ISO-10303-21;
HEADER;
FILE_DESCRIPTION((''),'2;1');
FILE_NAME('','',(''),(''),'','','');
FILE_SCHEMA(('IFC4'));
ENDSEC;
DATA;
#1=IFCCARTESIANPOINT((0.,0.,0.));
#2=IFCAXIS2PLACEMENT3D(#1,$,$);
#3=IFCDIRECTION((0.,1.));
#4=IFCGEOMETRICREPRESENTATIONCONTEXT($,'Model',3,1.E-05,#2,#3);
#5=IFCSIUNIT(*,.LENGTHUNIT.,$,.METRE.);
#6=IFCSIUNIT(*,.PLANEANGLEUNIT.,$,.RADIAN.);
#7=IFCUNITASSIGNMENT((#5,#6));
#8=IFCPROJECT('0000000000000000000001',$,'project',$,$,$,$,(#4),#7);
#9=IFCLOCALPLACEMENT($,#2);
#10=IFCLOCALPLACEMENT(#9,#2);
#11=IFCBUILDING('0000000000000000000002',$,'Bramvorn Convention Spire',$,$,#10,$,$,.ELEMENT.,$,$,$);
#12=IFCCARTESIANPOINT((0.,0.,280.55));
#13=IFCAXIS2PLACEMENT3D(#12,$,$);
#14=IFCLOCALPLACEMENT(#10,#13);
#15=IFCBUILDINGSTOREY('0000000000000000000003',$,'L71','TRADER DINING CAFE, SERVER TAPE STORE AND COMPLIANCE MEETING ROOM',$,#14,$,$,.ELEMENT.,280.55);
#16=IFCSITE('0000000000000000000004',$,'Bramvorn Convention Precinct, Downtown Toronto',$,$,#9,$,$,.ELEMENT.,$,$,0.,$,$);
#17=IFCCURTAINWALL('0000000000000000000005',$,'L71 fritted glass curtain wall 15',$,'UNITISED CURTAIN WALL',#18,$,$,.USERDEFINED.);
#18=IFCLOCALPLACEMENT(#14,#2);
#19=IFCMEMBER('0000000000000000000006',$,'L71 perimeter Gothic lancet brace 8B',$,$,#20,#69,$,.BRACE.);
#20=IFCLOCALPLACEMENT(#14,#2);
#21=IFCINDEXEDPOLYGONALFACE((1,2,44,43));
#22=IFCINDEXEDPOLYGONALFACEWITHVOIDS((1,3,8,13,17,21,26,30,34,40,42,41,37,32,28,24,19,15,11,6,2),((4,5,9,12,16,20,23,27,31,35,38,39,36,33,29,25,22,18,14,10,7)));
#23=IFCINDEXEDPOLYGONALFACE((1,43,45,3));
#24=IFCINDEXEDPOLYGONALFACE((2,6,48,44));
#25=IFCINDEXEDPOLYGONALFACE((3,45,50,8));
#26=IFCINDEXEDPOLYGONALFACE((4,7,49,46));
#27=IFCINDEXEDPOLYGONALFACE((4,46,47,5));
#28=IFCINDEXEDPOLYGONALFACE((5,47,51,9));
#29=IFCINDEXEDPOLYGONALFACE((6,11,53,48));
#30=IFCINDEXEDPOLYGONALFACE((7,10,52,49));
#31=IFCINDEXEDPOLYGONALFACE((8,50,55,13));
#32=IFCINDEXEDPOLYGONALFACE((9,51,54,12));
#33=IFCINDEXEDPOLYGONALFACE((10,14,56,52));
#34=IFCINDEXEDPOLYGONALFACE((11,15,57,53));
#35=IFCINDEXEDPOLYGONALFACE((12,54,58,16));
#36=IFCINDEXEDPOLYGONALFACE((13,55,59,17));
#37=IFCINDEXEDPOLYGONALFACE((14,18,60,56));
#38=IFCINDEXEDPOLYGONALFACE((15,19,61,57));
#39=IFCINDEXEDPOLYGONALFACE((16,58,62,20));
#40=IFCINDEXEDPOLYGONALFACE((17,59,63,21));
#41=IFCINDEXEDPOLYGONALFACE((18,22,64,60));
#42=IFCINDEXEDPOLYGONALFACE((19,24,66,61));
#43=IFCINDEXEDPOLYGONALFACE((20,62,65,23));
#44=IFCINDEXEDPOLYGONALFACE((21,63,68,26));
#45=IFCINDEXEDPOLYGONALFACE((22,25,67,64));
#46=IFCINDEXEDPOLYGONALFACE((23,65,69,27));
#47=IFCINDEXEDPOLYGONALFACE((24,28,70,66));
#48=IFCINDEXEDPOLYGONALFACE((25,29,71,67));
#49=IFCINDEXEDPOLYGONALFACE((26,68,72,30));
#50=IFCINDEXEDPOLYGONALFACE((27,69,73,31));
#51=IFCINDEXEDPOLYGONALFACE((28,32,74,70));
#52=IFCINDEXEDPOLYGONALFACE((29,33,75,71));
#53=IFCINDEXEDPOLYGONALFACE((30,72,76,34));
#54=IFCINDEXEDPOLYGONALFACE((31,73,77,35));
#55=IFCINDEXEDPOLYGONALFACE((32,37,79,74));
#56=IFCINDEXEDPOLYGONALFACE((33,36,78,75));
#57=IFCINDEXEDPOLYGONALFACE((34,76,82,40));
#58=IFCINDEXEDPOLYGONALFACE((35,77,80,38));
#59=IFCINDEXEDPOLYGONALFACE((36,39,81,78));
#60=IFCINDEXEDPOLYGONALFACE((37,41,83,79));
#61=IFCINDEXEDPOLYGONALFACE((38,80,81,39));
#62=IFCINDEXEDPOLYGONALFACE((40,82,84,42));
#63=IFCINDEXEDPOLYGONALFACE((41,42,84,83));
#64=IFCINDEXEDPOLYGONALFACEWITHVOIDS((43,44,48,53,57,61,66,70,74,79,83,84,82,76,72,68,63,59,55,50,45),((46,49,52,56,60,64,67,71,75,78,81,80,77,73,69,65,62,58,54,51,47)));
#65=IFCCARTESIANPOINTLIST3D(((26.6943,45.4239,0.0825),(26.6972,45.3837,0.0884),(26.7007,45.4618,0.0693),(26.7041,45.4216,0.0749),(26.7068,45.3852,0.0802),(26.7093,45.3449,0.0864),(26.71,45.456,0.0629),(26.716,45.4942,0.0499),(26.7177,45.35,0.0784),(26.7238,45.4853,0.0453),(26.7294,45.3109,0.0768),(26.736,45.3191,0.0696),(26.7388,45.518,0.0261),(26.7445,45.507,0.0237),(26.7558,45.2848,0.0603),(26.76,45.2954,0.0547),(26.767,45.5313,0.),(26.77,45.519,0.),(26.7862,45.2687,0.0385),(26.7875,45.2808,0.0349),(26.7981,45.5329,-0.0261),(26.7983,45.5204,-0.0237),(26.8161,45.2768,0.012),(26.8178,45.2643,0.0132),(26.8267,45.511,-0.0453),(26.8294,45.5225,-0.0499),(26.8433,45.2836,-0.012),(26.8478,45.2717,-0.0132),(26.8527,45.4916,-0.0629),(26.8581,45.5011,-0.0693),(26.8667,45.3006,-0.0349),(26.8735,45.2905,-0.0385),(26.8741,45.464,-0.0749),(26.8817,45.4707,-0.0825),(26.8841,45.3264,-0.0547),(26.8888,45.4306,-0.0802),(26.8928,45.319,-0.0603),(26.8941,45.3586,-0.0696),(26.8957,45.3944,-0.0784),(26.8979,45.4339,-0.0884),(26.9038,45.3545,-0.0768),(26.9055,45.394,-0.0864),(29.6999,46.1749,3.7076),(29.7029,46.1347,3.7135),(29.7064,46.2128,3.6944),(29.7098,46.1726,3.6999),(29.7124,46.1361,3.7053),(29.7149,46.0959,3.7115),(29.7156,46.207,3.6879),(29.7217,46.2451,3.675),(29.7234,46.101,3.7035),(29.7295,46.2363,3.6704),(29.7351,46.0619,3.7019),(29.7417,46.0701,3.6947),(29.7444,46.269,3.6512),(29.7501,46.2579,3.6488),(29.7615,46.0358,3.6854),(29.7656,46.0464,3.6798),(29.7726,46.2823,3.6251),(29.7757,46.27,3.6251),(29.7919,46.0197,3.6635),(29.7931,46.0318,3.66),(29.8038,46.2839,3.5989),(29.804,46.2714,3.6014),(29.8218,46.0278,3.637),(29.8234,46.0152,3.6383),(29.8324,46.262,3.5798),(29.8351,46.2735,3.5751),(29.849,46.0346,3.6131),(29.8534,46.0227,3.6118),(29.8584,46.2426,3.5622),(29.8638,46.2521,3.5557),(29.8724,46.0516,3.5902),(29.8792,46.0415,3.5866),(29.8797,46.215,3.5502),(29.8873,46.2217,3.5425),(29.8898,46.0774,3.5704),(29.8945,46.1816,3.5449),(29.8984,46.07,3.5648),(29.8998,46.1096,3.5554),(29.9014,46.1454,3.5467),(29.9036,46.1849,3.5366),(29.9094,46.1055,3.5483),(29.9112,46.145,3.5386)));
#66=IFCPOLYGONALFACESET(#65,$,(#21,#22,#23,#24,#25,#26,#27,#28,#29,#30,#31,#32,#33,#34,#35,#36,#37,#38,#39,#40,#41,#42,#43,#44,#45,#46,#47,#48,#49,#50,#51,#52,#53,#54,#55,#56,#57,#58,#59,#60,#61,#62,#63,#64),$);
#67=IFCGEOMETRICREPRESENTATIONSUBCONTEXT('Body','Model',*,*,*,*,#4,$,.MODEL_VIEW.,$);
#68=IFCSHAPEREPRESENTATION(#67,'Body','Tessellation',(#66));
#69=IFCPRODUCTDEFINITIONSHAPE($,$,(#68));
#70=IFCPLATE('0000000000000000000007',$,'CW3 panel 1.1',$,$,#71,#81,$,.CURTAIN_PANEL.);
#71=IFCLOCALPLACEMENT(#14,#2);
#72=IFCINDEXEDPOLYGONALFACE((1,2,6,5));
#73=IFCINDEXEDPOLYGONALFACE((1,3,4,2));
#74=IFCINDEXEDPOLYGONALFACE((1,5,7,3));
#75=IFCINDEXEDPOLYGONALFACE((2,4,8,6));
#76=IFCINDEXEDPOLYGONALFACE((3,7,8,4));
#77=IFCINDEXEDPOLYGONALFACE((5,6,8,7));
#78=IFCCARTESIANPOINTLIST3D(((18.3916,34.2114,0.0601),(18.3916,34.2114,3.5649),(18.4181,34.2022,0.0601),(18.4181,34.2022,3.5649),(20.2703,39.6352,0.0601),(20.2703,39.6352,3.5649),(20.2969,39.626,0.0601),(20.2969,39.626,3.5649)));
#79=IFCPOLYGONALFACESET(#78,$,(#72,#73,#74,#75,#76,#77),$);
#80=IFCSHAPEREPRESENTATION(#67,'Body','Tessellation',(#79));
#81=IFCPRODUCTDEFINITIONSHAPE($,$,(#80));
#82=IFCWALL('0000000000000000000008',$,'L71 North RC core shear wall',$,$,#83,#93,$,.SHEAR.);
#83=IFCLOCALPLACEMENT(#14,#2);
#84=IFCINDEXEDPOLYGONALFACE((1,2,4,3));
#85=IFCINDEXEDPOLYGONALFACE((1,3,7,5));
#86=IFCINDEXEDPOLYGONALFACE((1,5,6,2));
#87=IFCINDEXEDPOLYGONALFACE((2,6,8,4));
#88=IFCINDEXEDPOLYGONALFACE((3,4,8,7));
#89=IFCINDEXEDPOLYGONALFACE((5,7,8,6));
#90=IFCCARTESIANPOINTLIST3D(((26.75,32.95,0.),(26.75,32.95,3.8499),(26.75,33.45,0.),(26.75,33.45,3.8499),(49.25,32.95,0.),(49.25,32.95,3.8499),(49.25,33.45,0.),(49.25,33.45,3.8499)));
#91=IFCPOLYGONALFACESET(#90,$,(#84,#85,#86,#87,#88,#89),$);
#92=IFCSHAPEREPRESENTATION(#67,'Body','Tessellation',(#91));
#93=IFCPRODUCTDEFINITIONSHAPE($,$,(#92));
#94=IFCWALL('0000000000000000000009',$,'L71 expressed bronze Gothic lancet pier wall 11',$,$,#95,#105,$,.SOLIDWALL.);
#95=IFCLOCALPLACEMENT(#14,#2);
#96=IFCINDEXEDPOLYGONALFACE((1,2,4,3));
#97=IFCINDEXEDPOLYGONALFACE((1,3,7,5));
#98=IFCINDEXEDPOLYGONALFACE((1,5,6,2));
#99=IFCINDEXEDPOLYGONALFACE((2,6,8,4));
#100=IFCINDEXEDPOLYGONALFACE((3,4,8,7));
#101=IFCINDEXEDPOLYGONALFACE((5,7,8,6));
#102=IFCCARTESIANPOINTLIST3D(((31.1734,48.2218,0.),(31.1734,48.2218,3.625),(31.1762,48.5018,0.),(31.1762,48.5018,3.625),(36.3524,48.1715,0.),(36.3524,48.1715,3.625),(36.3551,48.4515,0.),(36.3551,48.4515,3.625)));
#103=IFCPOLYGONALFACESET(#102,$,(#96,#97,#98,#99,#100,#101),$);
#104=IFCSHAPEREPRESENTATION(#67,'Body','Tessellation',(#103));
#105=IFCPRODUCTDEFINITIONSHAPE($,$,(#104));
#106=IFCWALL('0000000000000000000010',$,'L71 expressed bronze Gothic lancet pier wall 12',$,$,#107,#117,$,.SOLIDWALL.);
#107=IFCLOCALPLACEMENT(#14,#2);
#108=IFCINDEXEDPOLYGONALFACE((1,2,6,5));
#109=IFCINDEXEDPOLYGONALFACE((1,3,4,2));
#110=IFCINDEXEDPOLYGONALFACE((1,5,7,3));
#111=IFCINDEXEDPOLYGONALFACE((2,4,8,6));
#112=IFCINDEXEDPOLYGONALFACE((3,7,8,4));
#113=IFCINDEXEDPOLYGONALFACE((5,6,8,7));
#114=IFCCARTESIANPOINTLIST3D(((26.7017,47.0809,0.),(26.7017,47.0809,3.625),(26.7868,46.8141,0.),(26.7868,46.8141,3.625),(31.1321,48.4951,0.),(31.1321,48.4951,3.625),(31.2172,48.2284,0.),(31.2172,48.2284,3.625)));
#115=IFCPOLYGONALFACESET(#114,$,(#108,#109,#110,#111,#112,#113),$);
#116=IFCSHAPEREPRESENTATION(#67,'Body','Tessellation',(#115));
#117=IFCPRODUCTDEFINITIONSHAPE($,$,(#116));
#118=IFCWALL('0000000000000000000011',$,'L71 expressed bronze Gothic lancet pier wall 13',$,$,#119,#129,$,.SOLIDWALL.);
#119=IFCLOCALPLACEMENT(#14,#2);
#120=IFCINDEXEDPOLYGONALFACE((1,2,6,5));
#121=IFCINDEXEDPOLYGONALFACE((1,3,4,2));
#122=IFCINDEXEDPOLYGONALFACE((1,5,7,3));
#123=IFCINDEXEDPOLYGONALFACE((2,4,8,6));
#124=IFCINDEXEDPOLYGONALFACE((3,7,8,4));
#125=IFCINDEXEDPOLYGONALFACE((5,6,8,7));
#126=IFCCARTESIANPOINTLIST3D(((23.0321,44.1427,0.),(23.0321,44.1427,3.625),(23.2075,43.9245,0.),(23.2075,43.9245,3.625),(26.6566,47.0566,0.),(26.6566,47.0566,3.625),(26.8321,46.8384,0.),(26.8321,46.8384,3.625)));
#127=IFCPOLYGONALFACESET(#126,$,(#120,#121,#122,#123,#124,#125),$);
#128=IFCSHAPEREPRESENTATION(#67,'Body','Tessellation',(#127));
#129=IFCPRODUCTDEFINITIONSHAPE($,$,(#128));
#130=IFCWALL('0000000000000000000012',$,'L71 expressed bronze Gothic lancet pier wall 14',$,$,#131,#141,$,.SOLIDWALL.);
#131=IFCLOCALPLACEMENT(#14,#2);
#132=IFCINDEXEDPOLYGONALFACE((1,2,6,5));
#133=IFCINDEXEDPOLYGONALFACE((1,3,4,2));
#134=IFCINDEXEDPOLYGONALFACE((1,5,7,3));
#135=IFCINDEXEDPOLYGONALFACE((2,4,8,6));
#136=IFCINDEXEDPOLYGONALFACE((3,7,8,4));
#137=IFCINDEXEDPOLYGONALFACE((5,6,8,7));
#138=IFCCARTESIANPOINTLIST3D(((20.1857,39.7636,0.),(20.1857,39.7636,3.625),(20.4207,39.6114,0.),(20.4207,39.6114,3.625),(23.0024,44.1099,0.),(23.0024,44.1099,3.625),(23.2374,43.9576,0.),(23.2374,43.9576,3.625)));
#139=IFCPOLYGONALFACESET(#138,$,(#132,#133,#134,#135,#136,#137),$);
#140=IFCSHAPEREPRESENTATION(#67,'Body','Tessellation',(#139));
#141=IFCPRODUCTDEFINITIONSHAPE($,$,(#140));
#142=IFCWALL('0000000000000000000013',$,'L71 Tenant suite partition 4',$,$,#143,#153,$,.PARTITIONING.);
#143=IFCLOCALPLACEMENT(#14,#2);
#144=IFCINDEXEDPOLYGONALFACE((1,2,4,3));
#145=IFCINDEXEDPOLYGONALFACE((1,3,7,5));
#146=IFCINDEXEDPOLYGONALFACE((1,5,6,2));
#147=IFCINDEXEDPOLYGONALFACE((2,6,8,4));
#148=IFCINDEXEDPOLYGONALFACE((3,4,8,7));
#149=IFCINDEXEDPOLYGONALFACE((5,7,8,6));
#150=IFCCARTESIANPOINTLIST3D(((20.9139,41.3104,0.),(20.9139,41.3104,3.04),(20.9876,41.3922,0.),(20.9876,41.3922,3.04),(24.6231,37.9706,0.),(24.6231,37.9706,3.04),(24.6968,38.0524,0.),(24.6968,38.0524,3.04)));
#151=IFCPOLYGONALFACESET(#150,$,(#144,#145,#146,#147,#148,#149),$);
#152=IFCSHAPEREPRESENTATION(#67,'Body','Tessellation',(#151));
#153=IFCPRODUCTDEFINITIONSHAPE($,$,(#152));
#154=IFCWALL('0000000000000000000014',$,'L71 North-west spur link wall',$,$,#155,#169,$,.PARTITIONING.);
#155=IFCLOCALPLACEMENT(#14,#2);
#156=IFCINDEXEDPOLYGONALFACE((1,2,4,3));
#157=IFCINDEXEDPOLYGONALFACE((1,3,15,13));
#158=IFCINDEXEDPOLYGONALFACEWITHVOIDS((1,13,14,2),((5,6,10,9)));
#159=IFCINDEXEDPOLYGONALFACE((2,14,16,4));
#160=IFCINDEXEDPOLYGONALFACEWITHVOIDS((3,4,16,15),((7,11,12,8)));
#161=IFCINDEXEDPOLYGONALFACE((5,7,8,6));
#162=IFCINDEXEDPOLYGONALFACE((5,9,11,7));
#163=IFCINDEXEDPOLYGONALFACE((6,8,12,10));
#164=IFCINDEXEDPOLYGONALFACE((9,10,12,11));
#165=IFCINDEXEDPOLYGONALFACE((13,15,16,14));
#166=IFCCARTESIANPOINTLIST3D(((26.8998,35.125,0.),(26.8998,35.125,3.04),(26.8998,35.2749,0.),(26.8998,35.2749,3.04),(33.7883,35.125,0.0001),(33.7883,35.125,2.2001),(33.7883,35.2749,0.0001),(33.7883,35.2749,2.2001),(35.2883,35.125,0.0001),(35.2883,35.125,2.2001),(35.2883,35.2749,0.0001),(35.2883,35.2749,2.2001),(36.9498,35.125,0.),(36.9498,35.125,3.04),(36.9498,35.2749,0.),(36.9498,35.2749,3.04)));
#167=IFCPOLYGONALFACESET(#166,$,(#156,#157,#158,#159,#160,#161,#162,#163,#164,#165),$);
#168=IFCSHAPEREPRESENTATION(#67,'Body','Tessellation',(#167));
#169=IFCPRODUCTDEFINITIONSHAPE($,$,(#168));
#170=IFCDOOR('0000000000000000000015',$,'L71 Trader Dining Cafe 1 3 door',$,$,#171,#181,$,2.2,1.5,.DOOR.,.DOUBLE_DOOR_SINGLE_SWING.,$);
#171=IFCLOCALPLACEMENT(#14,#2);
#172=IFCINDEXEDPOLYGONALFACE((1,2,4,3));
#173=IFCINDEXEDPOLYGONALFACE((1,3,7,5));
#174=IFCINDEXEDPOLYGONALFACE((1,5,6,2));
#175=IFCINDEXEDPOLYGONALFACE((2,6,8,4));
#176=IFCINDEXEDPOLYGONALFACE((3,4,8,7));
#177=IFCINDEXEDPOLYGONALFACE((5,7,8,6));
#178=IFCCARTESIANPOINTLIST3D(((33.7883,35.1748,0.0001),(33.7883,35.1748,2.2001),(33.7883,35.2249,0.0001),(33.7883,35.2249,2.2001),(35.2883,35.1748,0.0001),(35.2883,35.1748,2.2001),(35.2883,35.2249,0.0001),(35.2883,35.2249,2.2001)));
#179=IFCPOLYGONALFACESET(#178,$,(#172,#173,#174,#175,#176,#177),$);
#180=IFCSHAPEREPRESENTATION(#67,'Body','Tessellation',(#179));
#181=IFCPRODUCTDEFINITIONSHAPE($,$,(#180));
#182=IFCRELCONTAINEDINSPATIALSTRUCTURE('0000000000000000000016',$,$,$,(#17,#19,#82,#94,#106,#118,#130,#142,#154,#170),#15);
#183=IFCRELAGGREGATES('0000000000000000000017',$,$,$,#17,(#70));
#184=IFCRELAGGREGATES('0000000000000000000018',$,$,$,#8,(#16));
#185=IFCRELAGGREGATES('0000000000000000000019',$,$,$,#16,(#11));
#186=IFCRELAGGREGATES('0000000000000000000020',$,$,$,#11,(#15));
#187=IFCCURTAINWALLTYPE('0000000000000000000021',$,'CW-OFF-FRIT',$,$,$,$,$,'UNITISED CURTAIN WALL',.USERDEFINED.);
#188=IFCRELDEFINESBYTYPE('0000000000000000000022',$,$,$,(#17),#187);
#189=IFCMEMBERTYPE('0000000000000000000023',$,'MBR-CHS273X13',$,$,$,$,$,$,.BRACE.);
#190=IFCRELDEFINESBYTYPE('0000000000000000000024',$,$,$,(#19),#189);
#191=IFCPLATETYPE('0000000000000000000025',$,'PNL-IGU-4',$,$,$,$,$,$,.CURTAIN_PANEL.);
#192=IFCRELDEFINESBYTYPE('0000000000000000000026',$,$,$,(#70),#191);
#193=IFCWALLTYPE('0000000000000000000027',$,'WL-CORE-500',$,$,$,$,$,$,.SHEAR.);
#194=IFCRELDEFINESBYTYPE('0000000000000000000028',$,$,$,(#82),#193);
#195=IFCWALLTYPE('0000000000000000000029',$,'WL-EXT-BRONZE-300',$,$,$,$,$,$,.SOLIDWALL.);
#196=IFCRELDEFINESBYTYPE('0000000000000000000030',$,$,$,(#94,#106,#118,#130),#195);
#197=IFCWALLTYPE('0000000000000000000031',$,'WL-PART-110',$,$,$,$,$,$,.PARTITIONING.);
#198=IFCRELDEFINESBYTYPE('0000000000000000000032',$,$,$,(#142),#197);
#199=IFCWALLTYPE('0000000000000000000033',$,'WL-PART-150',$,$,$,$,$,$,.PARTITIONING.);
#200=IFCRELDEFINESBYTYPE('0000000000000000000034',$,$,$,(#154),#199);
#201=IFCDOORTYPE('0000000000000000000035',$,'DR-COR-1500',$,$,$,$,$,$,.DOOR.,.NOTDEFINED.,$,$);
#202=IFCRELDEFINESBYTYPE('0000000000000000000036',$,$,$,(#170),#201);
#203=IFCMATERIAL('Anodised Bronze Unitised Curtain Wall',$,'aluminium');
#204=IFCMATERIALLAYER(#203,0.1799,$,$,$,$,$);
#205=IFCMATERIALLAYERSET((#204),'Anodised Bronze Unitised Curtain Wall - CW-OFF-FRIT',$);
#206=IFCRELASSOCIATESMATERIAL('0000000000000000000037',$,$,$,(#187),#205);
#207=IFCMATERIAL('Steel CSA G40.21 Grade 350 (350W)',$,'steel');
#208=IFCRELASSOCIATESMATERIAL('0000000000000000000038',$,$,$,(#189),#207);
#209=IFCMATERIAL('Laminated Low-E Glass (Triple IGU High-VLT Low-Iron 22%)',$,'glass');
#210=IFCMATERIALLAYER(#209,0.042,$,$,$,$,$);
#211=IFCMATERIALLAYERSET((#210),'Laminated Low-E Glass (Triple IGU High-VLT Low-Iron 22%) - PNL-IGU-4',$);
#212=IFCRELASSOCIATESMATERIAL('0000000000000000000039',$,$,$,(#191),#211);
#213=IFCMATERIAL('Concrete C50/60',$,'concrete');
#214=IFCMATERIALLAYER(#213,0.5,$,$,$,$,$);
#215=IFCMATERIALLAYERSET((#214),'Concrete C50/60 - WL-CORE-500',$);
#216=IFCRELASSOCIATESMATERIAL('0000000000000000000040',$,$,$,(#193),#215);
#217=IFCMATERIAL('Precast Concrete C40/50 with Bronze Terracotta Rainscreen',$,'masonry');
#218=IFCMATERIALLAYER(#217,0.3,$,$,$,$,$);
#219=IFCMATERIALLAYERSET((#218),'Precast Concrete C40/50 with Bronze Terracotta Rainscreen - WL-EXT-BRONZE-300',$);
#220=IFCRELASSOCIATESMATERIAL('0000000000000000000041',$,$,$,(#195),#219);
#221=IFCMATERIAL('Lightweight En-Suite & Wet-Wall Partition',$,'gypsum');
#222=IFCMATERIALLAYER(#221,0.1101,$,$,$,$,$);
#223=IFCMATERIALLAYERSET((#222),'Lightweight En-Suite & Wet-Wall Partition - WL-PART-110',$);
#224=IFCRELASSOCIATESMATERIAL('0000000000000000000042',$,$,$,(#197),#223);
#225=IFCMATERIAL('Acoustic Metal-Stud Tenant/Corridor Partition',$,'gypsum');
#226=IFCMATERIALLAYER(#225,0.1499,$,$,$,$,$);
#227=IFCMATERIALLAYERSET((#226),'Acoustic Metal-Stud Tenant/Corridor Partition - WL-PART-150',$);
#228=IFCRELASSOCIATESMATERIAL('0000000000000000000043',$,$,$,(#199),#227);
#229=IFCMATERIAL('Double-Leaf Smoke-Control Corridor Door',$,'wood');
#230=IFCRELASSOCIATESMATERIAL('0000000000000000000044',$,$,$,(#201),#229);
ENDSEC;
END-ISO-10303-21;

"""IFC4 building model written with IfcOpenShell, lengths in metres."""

from ifc_helpers import new_model, si_unit, direction, frame, frame_2d, origin, origin_2d, place, context, subcontext, project, spatial, rectangle, hollow_circle, extrude, material, layer, layer_set, material_profile, profile_set, type_object, element, fill, aggregate, save


model = new_model("IFC4")

# Units and contexts
model_context = context("Model", 3, precision=1e-05, world=origin(), true_north=direction((0.0, 1.0)))
body_context = subcontext(model_context, "Body", "Model", "MODEL_VIEW")
ifc_project = project(units=[si_unit("LENGTHUNIT", "METRE"), si_unit("PLANEANGLEUNIT", "RADIAN")], contexts=[model_context])

# Site, building, storey
site_placement = place(None, origin())
site = spatial("IfcSite", under=ifc_project, at=site_placement, Name="Bramvorn Convention Precinct, Downtown Toronto", CompositionType="ELEMENT", RefElevation=0.0)
building_placement = place(site_placement, origin())
building = spatial("IfcBuilding", under=site, at=building_placement, Name="Bramvorn Convention Spire", CompositionType="ELEMENT")
storey_placement = place(building_placement, frame((0.0, 0.0, 280.55)))
storey = spatial("IfcBuildingStorey", under=building, at=storey_placement, Name="L71", Description="TRADER DINING CAFE, SERVER TAPE STORE AND COMPLIANCE MEETING ROOM", CompositionType="ELEMENT", Elevation=280.55)

# Shared definitions
ifc_material_1 = material(Name="Steel CSA G40.21 Grade 350 (350W)", Category="steel")

# Curtain wall
ifc_material_2 = material(Name="Anodised Bronze Unitised Curtain Wall", Category="aluminium")
ifc_layer_1 = layer(ifc_material_2, 0.1799)
ifc_layer_set_1 = layer_set([ifc_layer_1], Name="Anodised Bronze Unitised Curtain Wall - CW-OFF-FRIT")
curtain_wall_type = type_object("IfcCurtainWallType", Name="CW-OFF-FRIT", ElementType="UNITISED CURTAIN WALL", PredefinedType="USERDEFINED", material=ifc_layer_set_1)
curtain_wall_placement = place(storey_placement, origin())
curtain_wall = element("IfcCurtainWall", 1, at=curtain_wall_placement, inside=storey, type_object=curtain_wall_type, Name="L71 fritted glass curtain wall 15", ObjectType="UNITISED CURTAIN WALL", PredefinedType="USERDEFINED")

# Member
ifc_material_profile_1 = material_profile(ifc_material_1, hollow_circle(Radius=0.1365, WallThickness=0.0127, at=origin_2d()))
ifc_profile_set_1 = profile_set([ifc_material_profile_1], Name="Steel CSA G40.21 Grade 350 (350W) - CHS273X13")
member_type_1 = type_object("IfcMemberType", Name="MBR-CHS273X13", PredefinedType="BRACE", material=ifc_profile_set_1)
for number, where, z_axis, x_axis, name in (
    (2, (26.8, 45.3989, 0.0), (0.63031, 0.157488, 0.760202), (-0.242406, 0.970175, 0.0), "L71 perimeter Gothic lancet brace 8B"),
):
    element("IfcMember", number, at=place(storey_placement, frame(where, z_axis=z_axis, x_axis=x_axis)), inside=storey, type_object=member_type_1, Name=name, PredefinedType="BRACE", context=body_context, shape_type="SweptSolid", body=[
        extrude(hollow_circle(Radius=0.1365, WallThickness=0.0127, at=origin_2d()), origin(), (0.0, 0.0, 1.0), 4.7686),
    ])

# Plate
ifc_material_3 = material(Name="Laminated Low-E Glass (Triple IGU High-VLT Low-Iron 22%)", Category="glass")
ifc_layer_2 = layer(ifc_material_3, 0.042)
ifc_layer_set_2 = layer_set([ifc_layer_2], Name="Laminated Low-E Glass (Triple IGU High-VLT Low-Iron 22%) - PNL-IGU-4")
plate_type = type_object("IfcPlateType", Name="PNL-IGU-4", PredefinedType="CURTAIN_PANEL", material=ifc_layer_set_2)
plate_placement = place(storey_placement, frame((19.3442, 36.9187, 0.0601), z_axis=(0.0, 0.0, 1.0), x_axis=(0.327305, 0.944919, 0.0)))
plate = element("IfcPlate", 3, at=plate_placement, type_object=plate_type, Name="CW3 panel 1.1", PredefinedType="CURTAIN_PANEL", context=body_context, shape_type="SweptSolid", body=[
    extrude(rectangle(XDim=5.74, YDim=0.0281, at=origin_2d()), origin(), (0.0, 0.0, 1.0), 3.5049),
])
aggregate(curtain_wall, [plate])

# Walls
ifc_material_4 = material(Name="Concrete C50/60", Category="concrete")
ifc_layer_3 = layer(ifc_material_4, 0.5)
ifc_layer_set_3 = layer_set([ifc_layer_3], Name="Concrete C50/60 - WL-CORE-500")
wall_type_1 = type_object("IfcWallType", Name="WL-CORE-500", PredefinedType="SHEAR", material=ifc_layer_set_3)
wall_1_placement = place(storey_placement, frame((26.75, 33.2, 0.0), z_axis=(0.0, 0.0, 1.0), x_axis=(1.0, 0.0, 0.0)))
element("IfcWall", 4, at=wall_1_placement, inside=storey, type_object=wall_type_1, Name="L71 North RC core shear wall", PredefinedType="SHEAR", context=body_context, shape_type="SweptSolid", body=[
    extrude(rectangle(XDim=22.5, YDim=0.5, at=frame_2d((11.25, 0.0))), origin(), (0.0, 0.0, 1.0), 3.8499),
])
ifc_material_5 = material(Name="Precast Concrete C40/50 with Bronze Terracotta Rainscreen", Category="masonry")
ifc_layer_4 = layer(ifc_material_5, 0.3)
ifc_layer_set_4 = layer_set([ifc_layer_4], Name="Precast Concrete C40/50 with Bronze Terracotta Rainscreen - WL-EXT-BRONZE-300")
wall_type_2 = type_object("IfcWallType", Name="WL-EXT-BRONZE-300", PredefinedType="SOLIDWALL", material=ifc_layer_set_4)
wall_2_placement = place(storey_placement, frame((31.1748, 48.3618, 0.0), z_axis=(0.0, 0.0, 1.0), x_axis=(0.999953, -0.009711, 0.0)))
element("IfcWall", 5, at=wall_2_placement, inside=storey, type_object=wall_type_2, Name="L71 expressed bronze Gothic lancet pier wall 11", PredefinedType="SOLIDWALL", context=body_context, shape_type="SweptSolid", body=[
    extrude(rectangle(XDim=5.1792, YDim=0.28, at=frame_2d((2.5896, 0.0))), origin(), (0.0, 0.0, 1.0), 3.625),
])
for number, where, z_axis, x_axis, name in (
    (6, (26.7444, 46.9475, 0.0), (0.0, 0.0, 1.0), (0.952638, 0.304107, 0.0), "L71 expressed bronze Gothic lancet pier wall 12"),
    (7, (23.1199, 44.0337, 0.0), (0.0, 0.0, 1.0), (0.779376, 0.626556, 0.0), "L71 expressed bronze Gothic lancet pier wall 13"),
):
    element("IfcWall", number, at=place(storey_placement, frame(where, z_axis=z_axis, x_axis=x_axis)), inside=storey, type_object=wall_type_2, Name=name, PredefinedType="SOLIDWALL", context=body_context, shape_type="SweptSolid", body=[
        extrude(rectangle(XDim=4.6506, YDim=0.28, at=frame_2d((2.3252, 0.0))), origin(), (0.0, 0.0, 1.0), 3.625),
    ])
wall_3_placement = place(storey_placement, frame((20.3032, 39.6875, 0.0), z_axis=(0.0, 0.0, 1.0), x_axis=(0.543851, 0.839182, 0.0)))
element("IfcWall", 8, at=wall_3_placement, inside=storey, type_object=wall_type_2, Name="L71 expressed bronze Gothic lancet pier wall 14", PredefinedType="SOLIDWALL", context=body_context, shape_type="SweptSolid", body=[
    extrude(rectangle(XDim=5.1792, YDim=0.28, at=frame_2d((2.5896, 0.0))), origin(), (0.0, 0.0, 1.0), 3.625),
])
ifc_material_6 = material(Name="Lightweight En-Suite & Wet-Wall Partition", Category="gypsum")
ifc_layer_5 = layer(ifc_material_6, 0.1101)
ifc_layer_set_5 = layer_set([ifc_layer_5], Name="Lightweight En-Suite & Wet-Wall Partition - WL-PART-110")
wall_type_3 = type_object("IfcWallType", Name="WL-PART-110", PredefinedType="PARTITIONING", material=ifc_layer_set_5)
wall_4_placement = place(storey_placement, frame((24.6599, 38.0115, 0.0), z_axis=(0.0, 0.0, 1.0), x_axis=(-0.743141, 0.669135, 0.0)))
element("IfcWall", 9, at=wall_4_placement, inside=storey, type_object=wall_type_3, Name="L71 Tenant suite partition 4", PredefinedType="PARTITIONING", context=body_context, shape_type="SweptSolid", body=[
    extrude(rectangle(XDim=4.9912, YDim=0.1101, at=frame_2d((2.4956, 0.0))), origin(), (0.0, 0.0, 1.0), 3.04),
])

# Wall, opening, door
ifc_material_7 = material(Name="Acoustic Metal-Stud Tenant/Corridor Partition", Category="gypsum")
ifc_layer_6 = layer(ifc_material_7, 0.1499)
ifc_layer_set_6 = layer_set([ifc_layer_6], Name="Acoustic Metal-Stud Tenant/Corridor Partition - WL-PART-150")
wall_type_4 = type_object("IfcWallType", Name="WL-PART-150", PredefinedType="PARTITIONING", material=ifc_layer_set_6)
wall_5_placement = place(storey_placement, frame((26.8999, 35.2, 0.0), z_axis=(0.0, 0.0, 1.0), x_axis=(1.0, 0.0, 0.0)))
wall_5 = element("IfcWall", 10, at=wall_5_placement, inside=storey, type_object=wall_type_4, Name="L71 North-west spur link wall", PredefinedType="PARTITIONING", context=body_context, shape_type="SweptSolid", body=[
    extrude(rectangle(XDim=10.05, YDim=0.1499, at=frame_2d((5.0249, 0.0))), origin(), (0.0, 0.0, 1.0), 3.04),
])
opening_placement = place(wall_5_placement, frame((6.8884, 0.0, 0.0)))
opening = element("IfcOpeningElement", 11, at=opening_placement, cuts=wall_5, PredefinedType="OPENING", context=body_context, shape_type="SweptSolid", body=[
    extrude(rectangle(XDim=1.5, YDim=2.2, at=frame_2d((0.75, 1.1001))), frame((0.0, 0.085, 0.0), z_axis=(0.0, -1.0, 0.0), x_axis=(1.0, 0.0, 0.0)), (0.0, 0.0, 1.0), 0.1699),
])
ifc_material_8 = material(Name="Double-Leaf Smoke-Control Corridor Door", Category="wood")
door_type = type_object("IfcDoorType", Name="DR-COR-1500", OperationType="NOTDEFINED", PredefinedType="DOOR", material=ifc_material_8)
door_placement = place(opening_placement, origin())
door = element("IfcDoor", 12, at=door_placement, inside=storey, type_object=door_type, Name="L71 Trader Dining Cafe 1 3 door", OperationType="DOUBLE_DOOR_SINGLE_SWING", OverallHeight=2.2, OverallWidth=1.5, PredefinedType="DOOR", context=body_context, shape_type="SweptSolid", body=[
    extrude(rectangle(XDim=1.5, YDim=2.2, at=frame_2d((0.75, 1.1001))), frame((0.0, 0.0249, 0.0), z_axis=(0.0, -1.0, 0.0), x_axis=(1.0, 0.0, 0.0)), (0.0, 0.0, 1.0), 0.05),
])
fill(opening, door)

save(model, "model.ifc")
